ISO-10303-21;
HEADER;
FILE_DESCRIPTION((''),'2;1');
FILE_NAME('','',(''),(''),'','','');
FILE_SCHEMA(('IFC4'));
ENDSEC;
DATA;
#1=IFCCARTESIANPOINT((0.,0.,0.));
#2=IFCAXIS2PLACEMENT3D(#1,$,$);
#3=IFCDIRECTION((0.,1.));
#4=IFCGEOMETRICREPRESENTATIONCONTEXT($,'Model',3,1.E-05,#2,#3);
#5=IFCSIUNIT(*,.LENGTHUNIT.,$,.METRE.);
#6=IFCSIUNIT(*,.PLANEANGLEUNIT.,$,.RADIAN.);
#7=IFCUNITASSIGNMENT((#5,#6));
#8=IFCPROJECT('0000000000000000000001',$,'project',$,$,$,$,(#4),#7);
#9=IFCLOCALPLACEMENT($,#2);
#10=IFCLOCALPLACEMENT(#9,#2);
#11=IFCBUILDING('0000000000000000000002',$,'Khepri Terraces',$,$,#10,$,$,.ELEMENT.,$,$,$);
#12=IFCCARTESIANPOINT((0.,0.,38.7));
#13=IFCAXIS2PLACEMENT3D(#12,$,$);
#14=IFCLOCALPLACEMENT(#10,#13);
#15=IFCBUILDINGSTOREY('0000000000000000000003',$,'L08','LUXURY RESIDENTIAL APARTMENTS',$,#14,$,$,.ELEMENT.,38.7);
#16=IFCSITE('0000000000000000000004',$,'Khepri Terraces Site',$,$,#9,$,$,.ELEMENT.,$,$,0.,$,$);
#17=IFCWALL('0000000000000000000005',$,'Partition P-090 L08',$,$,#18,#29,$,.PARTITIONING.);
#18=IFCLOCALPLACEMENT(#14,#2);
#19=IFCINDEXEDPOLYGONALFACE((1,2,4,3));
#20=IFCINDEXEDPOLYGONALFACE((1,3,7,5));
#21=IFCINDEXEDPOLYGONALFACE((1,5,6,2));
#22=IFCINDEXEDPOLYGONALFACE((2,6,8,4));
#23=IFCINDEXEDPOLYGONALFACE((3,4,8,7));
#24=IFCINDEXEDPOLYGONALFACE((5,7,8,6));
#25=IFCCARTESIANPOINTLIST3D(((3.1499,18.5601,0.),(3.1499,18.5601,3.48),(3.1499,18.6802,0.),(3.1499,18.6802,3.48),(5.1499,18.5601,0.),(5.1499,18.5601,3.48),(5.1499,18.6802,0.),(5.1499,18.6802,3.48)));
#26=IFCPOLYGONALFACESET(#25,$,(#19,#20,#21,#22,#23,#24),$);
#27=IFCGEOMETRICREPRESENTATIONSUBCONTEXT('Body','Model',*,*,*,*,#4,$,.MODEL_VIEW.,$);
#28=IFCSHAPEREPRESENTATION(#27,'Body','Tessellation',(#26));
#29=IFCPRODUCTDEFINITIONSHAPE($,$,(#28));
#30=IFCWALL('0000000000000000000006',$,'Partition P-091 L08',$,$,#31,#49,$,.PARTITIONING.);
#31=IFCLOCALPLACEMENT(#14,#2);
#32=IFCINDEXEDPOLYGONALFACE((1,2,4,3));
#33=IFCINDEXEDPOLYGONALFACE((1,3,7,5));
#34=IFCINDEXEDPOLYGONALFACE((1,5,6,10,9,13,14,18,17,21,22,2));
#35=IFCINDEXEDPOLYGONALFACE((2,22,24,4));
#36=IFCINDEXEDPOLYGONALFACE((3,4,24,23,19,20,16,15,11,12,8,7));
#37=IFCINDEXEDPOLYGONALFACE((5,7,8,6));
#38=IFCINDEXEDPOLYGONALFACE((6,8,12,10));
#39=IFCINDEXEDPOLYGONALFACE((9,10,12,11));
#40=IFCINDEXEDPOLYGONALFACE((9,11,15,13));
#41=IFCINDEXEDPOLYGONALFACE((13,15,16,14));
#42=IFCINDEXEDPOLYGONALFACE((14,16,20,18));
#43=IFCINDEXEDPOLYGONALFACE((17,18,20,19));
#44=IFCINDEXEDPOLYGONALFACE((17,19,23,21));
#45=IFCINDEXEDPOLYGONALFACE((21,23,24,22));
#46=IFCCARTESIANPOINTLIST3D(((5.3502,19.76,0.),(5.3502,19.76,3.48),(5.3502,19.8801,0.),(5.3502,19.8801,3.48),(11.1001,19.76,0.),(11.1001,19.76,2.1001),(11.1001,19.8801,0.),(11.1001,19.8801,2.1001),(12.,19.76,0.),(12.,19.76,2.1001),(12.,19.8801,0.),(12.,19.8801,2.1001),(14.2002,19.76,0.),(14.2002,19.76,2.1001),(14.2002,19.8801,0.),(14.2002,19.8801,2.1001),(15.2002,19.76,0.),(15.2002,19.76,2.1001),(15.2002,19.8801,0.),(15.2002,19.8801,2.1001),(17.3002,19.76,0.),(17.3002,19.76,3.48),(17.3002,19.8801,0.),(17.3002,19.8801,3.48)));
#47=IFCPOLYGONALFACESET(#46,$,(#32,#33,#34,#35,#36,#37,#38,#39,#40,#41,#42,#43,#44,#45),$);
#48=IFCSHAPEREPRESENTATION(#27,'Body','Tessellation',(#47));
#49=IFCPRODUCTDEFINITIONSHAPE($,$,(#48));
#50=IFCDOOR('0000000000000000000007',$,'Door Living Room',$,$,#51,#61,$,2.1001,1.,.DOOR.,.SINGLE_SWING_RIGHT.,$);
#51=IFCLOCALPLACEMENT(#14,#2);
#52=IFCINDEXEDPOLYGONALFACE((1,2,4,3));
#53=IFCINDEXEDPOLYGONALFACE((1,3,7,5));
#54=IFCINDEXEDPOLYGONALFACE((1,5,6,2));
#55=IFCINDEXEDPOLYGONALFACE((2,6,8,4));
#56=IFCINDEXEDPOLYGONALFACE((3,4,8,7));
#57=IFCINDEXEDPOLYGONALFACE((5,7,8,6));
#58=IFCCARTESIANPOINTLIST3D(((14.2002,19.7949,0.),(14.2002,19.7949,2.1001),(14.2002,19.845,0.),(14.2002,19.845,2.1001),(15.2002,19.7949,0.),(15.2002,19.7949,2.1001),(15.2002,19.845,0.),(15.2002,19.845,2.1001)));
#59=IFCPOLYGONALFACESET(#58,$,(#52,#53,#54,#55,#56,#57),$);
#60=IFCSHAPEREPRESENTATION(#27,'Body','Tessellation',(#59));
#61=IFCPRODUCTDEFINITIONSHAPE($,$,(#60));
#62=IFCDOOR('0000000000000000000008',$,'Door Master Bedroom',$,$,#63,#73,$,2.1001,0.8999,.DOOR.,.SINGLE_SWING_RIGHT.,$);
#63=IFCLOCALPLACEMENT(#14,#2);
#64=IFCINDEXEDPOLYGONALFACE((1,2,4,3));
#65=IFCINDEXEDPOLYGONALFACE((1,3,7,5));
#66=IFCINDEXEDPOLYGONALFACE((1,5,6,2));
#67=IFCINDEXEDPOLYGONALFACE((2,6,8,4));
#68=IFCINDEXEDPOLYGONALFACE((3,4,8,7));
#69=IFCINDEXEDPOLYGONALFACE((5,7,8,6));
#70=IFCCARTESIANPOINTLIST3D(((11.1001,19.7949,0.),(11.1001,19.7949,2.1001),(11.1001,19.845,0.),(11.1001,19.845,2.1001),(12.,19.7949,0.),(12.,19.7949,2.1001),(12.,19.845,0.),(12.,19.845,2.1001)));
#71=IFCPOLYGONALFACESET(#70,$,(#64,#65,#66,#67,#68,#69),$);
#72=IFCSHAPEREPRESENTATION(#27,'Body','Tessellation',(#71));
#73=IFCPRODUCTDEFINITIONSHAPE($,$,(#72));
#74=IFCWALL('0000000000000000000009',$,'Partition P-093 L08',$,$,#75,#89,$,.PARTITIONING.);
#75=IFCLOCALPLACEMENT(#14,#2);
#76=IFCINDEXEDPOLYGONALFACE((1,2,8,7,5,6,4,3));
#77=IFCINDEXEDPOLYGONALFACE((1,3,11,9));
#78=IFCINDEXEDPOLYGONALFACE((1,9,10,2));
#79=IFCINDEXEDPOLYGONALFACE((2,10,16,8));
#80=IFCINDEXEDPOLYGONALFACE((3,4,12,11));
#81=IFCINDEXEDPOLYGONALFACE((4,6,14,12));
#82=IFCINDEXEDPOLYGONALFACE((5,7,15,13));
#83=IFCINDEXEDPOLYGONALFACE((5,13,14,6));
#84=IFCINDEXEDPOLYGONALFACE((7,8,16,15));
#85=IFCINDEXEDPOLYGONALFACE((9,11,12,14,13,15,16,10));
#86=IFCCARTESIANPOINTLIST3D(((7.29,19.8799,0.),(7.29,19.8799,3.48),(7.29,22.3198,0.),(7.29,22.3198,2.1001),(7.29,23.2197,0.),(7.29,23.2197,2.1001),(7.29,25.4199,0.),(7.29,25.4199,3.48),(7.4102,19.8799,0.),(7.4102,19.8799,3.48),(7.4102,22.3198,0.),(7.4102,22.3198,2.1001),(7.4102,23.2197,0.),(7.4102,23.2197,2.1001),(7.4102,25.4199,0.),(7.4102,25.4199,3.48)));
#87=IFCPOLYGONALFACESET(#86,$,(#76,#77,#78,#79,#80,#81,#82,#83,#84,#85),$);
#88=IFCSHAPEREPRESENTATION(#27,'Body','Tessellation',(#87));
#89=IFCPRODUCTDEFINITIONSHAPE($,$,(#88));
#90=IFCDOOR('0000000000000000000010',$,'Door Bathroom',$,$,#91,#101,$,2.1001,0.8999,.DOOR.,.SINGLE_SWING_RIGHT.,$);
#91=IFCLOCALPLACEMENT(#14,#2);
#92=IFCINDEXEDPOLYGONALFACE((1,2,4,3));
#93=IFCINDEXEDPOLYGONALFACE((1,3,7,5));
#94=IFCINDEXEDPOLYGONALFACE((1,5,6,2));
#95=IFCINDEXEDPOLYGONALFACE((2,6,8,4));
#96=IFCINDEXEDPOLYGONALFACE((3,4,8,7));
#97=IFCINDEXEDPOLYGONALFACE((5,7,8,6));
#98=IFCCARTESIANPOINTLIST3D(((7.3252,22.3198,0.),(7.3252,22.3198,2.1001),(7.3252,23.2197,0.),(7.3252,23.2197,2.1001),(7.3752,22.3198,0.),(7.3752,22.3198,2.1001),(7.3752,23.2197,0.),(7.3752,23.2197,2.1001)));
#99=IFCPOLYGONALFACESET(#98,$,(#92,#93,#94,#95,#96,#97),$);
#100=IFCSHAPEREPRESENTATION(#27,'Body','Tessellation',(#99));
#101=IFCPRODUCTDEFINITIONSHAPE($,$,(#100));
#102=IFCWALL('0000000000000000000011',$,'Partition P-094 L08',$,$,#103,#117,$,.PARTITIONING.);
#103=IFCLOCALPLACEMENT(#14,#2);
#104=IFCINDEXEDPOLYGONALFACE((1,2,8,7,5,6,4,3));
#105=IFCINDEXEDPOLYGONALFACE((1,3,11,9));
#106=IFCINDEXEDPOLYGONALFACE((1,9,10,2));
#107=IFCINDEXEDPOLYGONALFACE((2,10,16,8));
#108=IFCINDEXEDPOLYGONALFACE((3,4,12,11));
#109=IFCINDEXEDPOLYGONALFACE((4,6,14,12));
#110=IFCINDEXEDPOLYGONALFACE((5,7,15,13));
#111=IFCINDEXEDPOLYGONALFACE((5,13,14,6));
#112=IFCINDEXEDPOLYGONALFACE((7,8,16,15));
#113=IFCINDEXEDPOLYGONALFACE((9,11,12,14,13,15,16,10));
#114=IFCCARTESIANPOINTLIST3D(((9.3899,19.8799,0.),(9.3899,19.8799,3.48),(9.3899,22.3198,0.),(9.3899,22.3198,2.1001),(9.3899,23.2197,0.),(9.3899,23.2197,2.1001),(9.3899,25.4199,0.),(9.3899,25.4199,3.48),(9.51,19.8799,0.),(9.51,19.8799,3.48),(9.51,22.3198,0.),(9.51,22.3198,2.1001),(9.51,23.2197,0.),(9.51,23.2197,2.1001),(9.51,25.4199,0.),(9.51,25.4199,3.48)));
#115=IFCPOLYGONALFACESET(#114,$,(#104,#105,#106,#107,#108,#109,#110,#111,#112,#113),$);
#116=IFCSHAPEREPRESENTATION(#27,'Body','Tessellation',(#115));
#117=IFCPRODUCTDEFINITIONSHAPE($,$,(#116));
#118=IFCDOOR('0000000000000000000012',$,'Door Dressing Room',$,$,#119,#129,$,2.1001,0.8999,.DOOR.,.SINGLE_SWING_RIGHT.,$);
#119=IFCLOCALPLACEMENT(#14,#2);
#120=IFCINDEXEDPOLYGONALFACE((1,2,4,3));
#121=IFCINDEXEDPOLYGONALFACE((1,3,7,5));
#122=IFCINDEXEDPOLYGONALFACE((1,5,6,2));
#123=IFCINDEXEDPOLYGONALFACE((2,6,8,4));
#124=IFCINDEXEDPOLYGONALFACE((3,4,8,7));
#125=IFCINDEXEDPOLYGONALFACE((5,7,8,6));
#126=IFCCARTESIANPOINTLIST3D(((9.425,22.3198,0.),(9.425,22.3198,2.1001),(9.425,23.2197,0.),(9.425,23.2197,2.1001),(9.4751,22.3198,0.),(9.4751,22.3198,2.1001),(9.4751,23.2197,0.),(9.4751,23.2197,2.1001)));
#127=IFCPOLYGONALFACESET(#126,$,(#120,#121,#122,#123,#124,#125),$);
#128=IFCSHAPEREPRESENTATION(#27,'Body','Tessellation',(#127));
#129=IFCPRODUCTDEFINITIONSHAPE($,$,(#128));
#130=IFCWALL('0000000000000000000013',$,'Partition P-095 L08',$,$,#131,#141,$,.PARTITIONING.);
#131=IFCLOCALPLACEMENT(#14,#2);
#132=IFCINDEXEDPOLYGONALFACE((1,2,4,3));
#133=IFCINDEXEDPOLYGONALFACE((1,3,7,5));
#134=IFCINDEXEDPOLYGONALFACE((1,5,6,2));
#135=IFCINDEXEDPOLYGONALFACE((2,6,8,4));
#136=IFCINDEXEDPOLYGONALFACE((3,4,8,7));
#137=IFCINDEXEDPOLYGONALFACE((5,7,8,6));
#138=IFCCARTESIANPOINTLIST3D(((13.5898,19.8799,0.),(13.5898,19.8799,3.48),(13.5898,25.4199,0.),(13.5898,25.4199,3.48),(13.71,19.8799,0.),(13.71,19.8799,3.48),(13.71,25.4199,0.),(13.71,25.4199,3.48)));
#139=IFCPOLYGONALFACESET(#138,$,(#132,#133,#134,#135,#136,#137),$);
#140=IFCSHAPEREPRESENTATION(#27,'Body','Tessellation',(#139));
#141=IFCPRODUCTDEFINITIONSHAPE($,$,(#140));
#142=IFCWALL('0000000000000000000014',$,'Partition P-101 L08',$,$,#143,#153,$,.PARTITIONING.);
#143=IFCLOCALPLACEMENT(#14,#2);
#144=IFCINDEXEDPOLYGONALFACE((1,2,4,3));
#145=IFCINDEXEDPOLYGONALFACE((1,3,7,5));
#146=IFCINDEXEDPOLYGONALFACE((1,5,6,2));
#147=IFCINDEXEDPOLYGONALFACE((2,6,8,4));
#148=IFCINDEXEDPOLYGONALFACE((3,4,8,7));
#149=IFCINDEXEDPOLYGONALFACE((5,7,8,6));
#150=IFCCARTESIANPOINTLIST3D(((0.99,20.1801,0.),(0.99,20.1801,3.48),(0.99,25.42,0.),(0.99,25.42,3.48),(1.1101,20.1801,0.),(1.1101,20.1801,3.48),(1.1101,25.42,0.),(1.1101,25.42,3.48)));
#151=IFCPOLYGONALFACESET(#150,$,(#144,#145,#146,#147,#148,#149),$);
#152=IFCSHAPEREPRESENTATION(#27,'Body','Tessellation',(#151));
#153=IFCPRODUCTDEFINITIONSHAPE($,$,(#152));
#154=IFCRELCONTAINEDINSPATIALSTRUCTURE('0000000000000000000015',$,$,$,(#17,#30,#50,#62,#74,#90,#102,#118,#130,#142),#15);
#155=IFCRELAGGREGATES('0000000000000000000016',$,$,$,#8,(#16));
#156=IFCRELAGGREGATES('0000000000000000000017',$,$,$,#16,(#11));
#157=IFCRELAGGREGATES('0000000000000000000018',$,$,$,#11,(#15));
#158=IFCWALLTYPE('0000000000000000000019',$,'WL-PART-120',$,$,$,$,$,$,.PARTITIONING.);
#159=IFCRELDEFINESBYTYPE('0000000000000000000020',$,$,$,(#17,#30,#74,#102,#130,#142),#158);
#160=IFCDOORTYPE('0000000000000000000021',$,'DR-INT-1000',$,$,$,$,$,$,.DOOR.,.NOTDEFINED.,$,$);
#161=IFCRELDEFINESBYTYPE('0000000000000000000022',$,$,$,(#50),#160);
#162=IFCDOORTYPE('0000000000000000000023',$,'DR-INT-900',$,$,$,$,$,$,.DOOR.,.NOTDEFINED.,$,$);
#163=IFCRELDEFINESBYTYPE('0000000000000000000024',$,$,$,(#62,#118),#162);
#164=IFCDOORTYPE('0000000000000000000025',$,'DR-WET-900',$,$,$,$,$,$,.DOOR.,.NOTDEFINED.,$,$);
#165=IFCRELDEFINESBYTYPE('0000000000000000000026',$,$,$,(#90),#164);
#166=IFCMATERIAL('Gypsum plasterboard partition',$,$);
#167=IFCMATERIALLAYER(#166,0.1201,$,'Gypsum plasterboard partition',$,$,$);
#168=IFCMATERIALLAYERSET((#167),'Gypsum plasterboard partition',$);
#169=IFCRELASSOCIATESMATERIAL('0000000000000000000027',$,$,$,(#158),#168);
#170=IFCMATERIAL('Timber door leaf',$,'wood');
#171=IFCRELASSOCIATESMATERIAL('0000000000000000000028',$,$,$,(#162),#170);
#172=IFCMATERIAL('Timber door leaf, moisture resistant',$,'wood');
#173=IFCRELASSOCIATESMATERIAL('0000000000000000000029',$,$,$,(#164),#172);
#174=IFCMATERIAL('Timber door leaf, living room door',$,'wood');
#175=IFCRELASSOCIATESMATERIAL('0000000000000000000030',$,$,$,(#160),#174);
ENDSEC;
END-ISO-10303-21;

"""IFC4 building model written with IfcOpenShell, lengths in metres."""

from ifc_helpers import new_model, si_unit, direction, frame, frame_2d, origin, place, context, subcontext, project, spatial, rectangle, extrude, material, layer, layer_set, type_object, element, fill, save


model = new_model("IFC4")

# Units and contexts
model_context = context("Model", 3, precision=1e-05, world=origin(), true_north=direction((0.0, 1.0)))
body_context = subcontext(model_context, "Body", "Model", "MODEL_VIEW")
ifc_project = project(units=[si_unit("LENGTHUNIT", "METRE"), si_unit("PLANEANGLEUNIT", "RADIAN")], contexts=[model_context])

# Site, building, storey
site_placement = place(None, origin())
site = spatial("IfcSite", under=ifc_project, at=site_placement, Name="Khepri Terraces Site", CompositionType="ELEMENT", RefElevation=0.0)
building_placement = place(site_placement, origin())
building = spatial("IfcBuilding", under=site, at=building_placement, Name="Khepri Terraces", CompositionType="ELEMENT")
storey_placement = place(building_placement, frame((0.0, 0.0, 38.7)))
storey = spatial("IfcBuildingStorey", under=building, at=storey_placement, Name="L08", Description="LUXURY RESIDENTIAL APARTMENTS", CompositionType="ELEMENT", Elevation=38.7)

# Shared definitions
ifc_material_1 = material(Name="Gypsum plasterboard partition")
ifc_layer_1 = layer(ifc_material_1, 0.1201, Name="Gypsum plasterboard partition")
ifc_layer_set_1 = layer_set([ifc_layer_1], Name="Gypsum plasterboard partition")
wall_type_1 = type_object("IfcWallType", Name="WL-PART-120", PredefinedType="PARTITIONING", material=ifc_layer_set_1)

# Shared definitions
ifc_material_2 = material(Name="Timber door leaf", Category="wood")
door_type_1 = type_object("IfcDoorType", Name="DR-INT-900", OperationType="NOTDEFINED", PredefinedType="DOOR", material=ifc_material_2)

# Shared definitions
ifc_material_3 = material(Name="Timber door leaf, moisture resistant", Category="wood")
door_type_2 = type_object("IfcDoorType", Name="DR-WET-900", OperationType="NOTDEFINED", PredefinedType="DOOR", material=ifc_material_3)

# Wall
wall_1_placement = place(storey_placement, frame((3.1499, 18.6201, 0.0), z_axis=(0.0, 0.0, 1.0), x_axis=(1.0, 0.0, 0.0)))
element("IfcWall", 1, at=wall_1_placement, inside=storey, type_object=wall_type_1, Name="Partition P-090 L08", PredefinedType="PARTITIONING", context=body_context, shape_type="SweptSolid", body=[
    extrude(rectangle(XDim=2.0, YDim=0.1201, at=frame_2d((1.0, 0.0))), origin(), (0.0, 0.0, 1.0), 3.48),
])

# Wall, openings, doors
wall_2_placement = place(storey_placement, frame((5.3501, 19.8201, 0.0), z_axis=(0.0, 0.0, 1.0), x_axis=(1.0, 0.0, 0.0)))
wall_2 = element("IfcWall", 2, at=wall_2_placement, inside=storey, type_object=wall_type_1, Name="Partition P-091 L08", PredefinedType="PARTITIONING", context=body_context, shape_type="SweptSolid", body=[
    extrude(rectangle(XDim=11.95, YDim=0.1201, at=frame_2d((5.9751, 0.0))), origin(), (0.0, 0.0, 1.0), 3.48),
])
opening_1_placement = place(wall_2_placement, frame((8.8501, 0.0, 0.0)))
opening_1 = element("IfcOpeningElement", 3, at=opening_1_placement, cuts=wall_2, PredefinedType="OPENING", context=body_context, shape_type="SweptSolid", body=[
    extrude(rectangle(XDim=1.0, YDim=2.1001, at=frame_2d((0.5, 1.05))), frame((0.0, 0.0701, 0.0), z_axis=(0.0, -1.0, 0.0), x_axis=(1.0, 0.0, 0.0)), (0.0, 0.0, 1.0), 0.1401),
])
opening_2_placement = place(wall_2_placement, frame((5.75, 0.0, 0.0)))
opening_2 = element("IfcOpeningElement", 4, at=opening_2_placement, cuts=wall_2, PredefinedType="OPENING", context=body_context, shape_type="SweptSolid", body=[
    extrude(rectangle(XDim=0.8999, YDim=2.1001, at=frame_2d((0.45, 1.05))), frame((0.0, 0.0701, 0.0), z_axis=(0.0, -1.0, 0.0), x_axis=(1.0, 0.0, 0.0)), (0.0, 0.0, 1.0), 0.1401),
])
ifc_material_4 = material(Name="Timber door leaf, living room door", Category="wood")
door_type_3 = type_object("IfcDoorType", Name="DR-INT-1000", OperationType="NOTDEFINED", PredefinedType="DOOR", material=ifc_material_4)
door_1_placement = place(opening_1_placement, origin())
door_1 = element("IfcDoor", 5, at=door_1_placement, inside=storey, type_object=door_type_3, Name="Door Living Room", OperationType="SINGLE_SWING_RIGHT", OverallHeight=2.1001, OverallWidth=1.0, PredefinedType="DOOR", context=body_context, shape_type="SweptSolid", body=[
    extrude(rectangle(XDim=1.0, YDim=2.1001, at=frame_2d((0.5, 1.05))), frame((0.0, 0.0249, 0.0), z_axis=(0.0, -1.0, 0.0), x_axis=(1.0, 0.0, 0.0)), (0.0, 0.0, 1.0), 0.05),
])
fill(opening_1, door_1)
door_2_placement = place(opening_2_placement, origin())
door_2 = element("IfcDoor", 6, at=door_2_placement, inside=storey, type_object=door_type_1, Name="Door Master Bedroom", OperationType="SINGLE_SWING_RIGHT", OverallHeight=2.1001, OverallWidth=0.8999, PredefinedType="DOOR", context=body_context, shape_type="SweptSolid", body=[
    extrude(rectangle(XDim=0.8999, YDim=2.1001, at=frame_2d((0.45, 1.05))), frame((0.0, 0.0249, 0.0), z_axis=(0.0, -1.0, 0.0), x_axis=(1.0, 0.0, 0.0)), (0.0, 0.0, 1.0), 0.05),
])
fill(opening_2, door_2)

# Walls, openings, doors
wall_3_placement = place(storey_placement, frame((7.3501, 19.8799, 0.0), z_axis=(0.0, 0.0, 1.0), x_axis=(0.0, 1.0, 0.0)))
wall_3 = element("IfcWall", 7, at=wall_3_placement, inside=storey, type_object=wall_type_1, Name="Partition P-093 L08", PredefinedType="PARTITIONING", context=body_context, shape_type="SweptSolid", body=[
    extrude(rectangle(XDim=5.54, YDim=0.1201, at=frame_2d((2.77, 0.0))), origin(), (0.0, 0.0, 1.0), 3.48),
])
opening_3_placement = place(wall_3_placement, frame((2.4399, 0.0, 0.0)))
opening_3 = element("IfcOpeningElement", 8, at=opening_3_placement, cuts=wall_3, PredefinedType="OPENING", context=body_context, shape_type="SweptSolid", body=[
    extrude(rectangle(XDim=0.8999, YDim=2.1001, at=frame_2d((0.45, 1.05))), frame((0.0, 0.0701, 0.0), z_axis=(0.0, -1.0, 0.0), x_axis=(1.0, 0.0, 0.0)), (0.0, 0.0, 1.0), 0.1401),
])
door_3_placement = place(opening_3_placement, origin())
door_3 = element("IfcDoor", 9, at=door_3_placement, inside=storey, type_object=door_type_2, Name="Door Bathroom", OperationType="SINGLE_SWING_RIGHT", OverallHeight=2.1001, OverallWidth=0.8999, PredefinedType="DOOR", context=body_context, shape_type="SweptSolid", body=[
    extrude(rectangle(XDim=0.8999, YDim=2.1001, at=frame_2d((0.45, 1.05))), frame((0.0, 0.0249, 0.0), z_axis=(0.0, -1.0, 0.0), x_axis=(1.0, 0.0, 0.0)), (0.0, 0.0, 1.0), 0.05),
])
fill(opening_3, door_3)
wall_4_placement = place(storey_placement, frame((9.45, 19.8799, 0.0), z_axis=(0.0, 0.0, 1.0), x_axis=(0.0, 1.0, 0.0)))
wall_4 = element("IfcWall", 10, at=wall_4_placement, inside=storey, type_object=wall_type_1, Name="Partition P-094 L08", PredefinedType="PARTITIONING", context=body_context, shape_type="SweptSolid", body=[
    extrude(rectangle(XDim=5.54, YDim=0.1201, at=frame_2d((2.77, 0.0))), origin(), (0.0, 0.0, 1.0), 3.48),
])
opening_4_placement = place(wall_4_placement, frame((2.4399, 0.0, 0.0)))
opening_4 = element("IfcOpeningElement", 11, at=opening_4_placement, cuts=wall_4, PredefinedType="OPENING", context=body_context, shape_type="SweptSolid", body=[
    extrude(rectangle(XDim=0.8999, YDim=2.1001, at=frame_2d((0.45, 1.05))), frame((0.0, 0.0701, 0.0), z_axis=(0.0, -1.0, 0.0), x_axis=(1.0, 0.0, 0.0)), (0.0, 0.0, 1.0), 0.1401),
])
door_4_placement = place(opening_4_placement, origin())
door_4 = element("IfcDoor", 12, at=door_4_placement, inside=storey, type_object=door_type_1, Name="Door Dressing Room", OperationType="SINGLE_SWING_RIGHT", OverallHeight=2.1001, OverallWidth=0.8999, PredefinedType="DOOR", context=body_context, shape_type="SweptSolid", body=[
    extrude(rectangle(XDim=0.8999, YDim=2.1001, at=frame_2d((0.45, 1.05))), frame((0.0, 0.0249, 0.0), z_axis=(0.0, -1.0, 0.0), x_axis=(1.0, 0.0, 0.0)), (0.0, 0.0, 1.0), 0.05),
])
fill(opening_4, door_4)

# Walls
wall_5_placement = place(storey_placement, frame((13.6499, 19.8799, 0.0), z_axis=(0.0, 0.0, 1.0), x_axis=(0.0, 1.0, 0.0)))
element("IfcWall", 13, at=wall_5_placement, inside=storey, type_object=wall_type_1, Name="Partition P-095 L08", PredefinedType="PARTITIONING", context=body_context, shape_type="SweptSolid", body=[
    extrude(rectangle(XDim=5.54, YDim=0.1201, at=frame_2d((2.77, 0.0))), origin(), (0.0, 0.0, 1.0), 3.48),
])
wall_6_placement = place(storey_placement, frame((1.05, 20.1799, 0.0), z_axis=(0.0, 0.0, 1.0), x_axis=(0.0, 1.0, 0.0)))
element("IfcWall", 14, at=wall_6_placement, inside=storey, type_object=wall_type_1, Name="Partition P-101 L08", PredefinedType="PARTITIONING", context=body_context, shape_type="SweptSolid", body=[
    extrude(rectangle(XDim=5.24, YDim=0.1201, at=frame_2d((2.6201, 0.0))), origin(), (0.0, 0.0, 1.0), 3.48),
])

save(model, "model.ifc")
